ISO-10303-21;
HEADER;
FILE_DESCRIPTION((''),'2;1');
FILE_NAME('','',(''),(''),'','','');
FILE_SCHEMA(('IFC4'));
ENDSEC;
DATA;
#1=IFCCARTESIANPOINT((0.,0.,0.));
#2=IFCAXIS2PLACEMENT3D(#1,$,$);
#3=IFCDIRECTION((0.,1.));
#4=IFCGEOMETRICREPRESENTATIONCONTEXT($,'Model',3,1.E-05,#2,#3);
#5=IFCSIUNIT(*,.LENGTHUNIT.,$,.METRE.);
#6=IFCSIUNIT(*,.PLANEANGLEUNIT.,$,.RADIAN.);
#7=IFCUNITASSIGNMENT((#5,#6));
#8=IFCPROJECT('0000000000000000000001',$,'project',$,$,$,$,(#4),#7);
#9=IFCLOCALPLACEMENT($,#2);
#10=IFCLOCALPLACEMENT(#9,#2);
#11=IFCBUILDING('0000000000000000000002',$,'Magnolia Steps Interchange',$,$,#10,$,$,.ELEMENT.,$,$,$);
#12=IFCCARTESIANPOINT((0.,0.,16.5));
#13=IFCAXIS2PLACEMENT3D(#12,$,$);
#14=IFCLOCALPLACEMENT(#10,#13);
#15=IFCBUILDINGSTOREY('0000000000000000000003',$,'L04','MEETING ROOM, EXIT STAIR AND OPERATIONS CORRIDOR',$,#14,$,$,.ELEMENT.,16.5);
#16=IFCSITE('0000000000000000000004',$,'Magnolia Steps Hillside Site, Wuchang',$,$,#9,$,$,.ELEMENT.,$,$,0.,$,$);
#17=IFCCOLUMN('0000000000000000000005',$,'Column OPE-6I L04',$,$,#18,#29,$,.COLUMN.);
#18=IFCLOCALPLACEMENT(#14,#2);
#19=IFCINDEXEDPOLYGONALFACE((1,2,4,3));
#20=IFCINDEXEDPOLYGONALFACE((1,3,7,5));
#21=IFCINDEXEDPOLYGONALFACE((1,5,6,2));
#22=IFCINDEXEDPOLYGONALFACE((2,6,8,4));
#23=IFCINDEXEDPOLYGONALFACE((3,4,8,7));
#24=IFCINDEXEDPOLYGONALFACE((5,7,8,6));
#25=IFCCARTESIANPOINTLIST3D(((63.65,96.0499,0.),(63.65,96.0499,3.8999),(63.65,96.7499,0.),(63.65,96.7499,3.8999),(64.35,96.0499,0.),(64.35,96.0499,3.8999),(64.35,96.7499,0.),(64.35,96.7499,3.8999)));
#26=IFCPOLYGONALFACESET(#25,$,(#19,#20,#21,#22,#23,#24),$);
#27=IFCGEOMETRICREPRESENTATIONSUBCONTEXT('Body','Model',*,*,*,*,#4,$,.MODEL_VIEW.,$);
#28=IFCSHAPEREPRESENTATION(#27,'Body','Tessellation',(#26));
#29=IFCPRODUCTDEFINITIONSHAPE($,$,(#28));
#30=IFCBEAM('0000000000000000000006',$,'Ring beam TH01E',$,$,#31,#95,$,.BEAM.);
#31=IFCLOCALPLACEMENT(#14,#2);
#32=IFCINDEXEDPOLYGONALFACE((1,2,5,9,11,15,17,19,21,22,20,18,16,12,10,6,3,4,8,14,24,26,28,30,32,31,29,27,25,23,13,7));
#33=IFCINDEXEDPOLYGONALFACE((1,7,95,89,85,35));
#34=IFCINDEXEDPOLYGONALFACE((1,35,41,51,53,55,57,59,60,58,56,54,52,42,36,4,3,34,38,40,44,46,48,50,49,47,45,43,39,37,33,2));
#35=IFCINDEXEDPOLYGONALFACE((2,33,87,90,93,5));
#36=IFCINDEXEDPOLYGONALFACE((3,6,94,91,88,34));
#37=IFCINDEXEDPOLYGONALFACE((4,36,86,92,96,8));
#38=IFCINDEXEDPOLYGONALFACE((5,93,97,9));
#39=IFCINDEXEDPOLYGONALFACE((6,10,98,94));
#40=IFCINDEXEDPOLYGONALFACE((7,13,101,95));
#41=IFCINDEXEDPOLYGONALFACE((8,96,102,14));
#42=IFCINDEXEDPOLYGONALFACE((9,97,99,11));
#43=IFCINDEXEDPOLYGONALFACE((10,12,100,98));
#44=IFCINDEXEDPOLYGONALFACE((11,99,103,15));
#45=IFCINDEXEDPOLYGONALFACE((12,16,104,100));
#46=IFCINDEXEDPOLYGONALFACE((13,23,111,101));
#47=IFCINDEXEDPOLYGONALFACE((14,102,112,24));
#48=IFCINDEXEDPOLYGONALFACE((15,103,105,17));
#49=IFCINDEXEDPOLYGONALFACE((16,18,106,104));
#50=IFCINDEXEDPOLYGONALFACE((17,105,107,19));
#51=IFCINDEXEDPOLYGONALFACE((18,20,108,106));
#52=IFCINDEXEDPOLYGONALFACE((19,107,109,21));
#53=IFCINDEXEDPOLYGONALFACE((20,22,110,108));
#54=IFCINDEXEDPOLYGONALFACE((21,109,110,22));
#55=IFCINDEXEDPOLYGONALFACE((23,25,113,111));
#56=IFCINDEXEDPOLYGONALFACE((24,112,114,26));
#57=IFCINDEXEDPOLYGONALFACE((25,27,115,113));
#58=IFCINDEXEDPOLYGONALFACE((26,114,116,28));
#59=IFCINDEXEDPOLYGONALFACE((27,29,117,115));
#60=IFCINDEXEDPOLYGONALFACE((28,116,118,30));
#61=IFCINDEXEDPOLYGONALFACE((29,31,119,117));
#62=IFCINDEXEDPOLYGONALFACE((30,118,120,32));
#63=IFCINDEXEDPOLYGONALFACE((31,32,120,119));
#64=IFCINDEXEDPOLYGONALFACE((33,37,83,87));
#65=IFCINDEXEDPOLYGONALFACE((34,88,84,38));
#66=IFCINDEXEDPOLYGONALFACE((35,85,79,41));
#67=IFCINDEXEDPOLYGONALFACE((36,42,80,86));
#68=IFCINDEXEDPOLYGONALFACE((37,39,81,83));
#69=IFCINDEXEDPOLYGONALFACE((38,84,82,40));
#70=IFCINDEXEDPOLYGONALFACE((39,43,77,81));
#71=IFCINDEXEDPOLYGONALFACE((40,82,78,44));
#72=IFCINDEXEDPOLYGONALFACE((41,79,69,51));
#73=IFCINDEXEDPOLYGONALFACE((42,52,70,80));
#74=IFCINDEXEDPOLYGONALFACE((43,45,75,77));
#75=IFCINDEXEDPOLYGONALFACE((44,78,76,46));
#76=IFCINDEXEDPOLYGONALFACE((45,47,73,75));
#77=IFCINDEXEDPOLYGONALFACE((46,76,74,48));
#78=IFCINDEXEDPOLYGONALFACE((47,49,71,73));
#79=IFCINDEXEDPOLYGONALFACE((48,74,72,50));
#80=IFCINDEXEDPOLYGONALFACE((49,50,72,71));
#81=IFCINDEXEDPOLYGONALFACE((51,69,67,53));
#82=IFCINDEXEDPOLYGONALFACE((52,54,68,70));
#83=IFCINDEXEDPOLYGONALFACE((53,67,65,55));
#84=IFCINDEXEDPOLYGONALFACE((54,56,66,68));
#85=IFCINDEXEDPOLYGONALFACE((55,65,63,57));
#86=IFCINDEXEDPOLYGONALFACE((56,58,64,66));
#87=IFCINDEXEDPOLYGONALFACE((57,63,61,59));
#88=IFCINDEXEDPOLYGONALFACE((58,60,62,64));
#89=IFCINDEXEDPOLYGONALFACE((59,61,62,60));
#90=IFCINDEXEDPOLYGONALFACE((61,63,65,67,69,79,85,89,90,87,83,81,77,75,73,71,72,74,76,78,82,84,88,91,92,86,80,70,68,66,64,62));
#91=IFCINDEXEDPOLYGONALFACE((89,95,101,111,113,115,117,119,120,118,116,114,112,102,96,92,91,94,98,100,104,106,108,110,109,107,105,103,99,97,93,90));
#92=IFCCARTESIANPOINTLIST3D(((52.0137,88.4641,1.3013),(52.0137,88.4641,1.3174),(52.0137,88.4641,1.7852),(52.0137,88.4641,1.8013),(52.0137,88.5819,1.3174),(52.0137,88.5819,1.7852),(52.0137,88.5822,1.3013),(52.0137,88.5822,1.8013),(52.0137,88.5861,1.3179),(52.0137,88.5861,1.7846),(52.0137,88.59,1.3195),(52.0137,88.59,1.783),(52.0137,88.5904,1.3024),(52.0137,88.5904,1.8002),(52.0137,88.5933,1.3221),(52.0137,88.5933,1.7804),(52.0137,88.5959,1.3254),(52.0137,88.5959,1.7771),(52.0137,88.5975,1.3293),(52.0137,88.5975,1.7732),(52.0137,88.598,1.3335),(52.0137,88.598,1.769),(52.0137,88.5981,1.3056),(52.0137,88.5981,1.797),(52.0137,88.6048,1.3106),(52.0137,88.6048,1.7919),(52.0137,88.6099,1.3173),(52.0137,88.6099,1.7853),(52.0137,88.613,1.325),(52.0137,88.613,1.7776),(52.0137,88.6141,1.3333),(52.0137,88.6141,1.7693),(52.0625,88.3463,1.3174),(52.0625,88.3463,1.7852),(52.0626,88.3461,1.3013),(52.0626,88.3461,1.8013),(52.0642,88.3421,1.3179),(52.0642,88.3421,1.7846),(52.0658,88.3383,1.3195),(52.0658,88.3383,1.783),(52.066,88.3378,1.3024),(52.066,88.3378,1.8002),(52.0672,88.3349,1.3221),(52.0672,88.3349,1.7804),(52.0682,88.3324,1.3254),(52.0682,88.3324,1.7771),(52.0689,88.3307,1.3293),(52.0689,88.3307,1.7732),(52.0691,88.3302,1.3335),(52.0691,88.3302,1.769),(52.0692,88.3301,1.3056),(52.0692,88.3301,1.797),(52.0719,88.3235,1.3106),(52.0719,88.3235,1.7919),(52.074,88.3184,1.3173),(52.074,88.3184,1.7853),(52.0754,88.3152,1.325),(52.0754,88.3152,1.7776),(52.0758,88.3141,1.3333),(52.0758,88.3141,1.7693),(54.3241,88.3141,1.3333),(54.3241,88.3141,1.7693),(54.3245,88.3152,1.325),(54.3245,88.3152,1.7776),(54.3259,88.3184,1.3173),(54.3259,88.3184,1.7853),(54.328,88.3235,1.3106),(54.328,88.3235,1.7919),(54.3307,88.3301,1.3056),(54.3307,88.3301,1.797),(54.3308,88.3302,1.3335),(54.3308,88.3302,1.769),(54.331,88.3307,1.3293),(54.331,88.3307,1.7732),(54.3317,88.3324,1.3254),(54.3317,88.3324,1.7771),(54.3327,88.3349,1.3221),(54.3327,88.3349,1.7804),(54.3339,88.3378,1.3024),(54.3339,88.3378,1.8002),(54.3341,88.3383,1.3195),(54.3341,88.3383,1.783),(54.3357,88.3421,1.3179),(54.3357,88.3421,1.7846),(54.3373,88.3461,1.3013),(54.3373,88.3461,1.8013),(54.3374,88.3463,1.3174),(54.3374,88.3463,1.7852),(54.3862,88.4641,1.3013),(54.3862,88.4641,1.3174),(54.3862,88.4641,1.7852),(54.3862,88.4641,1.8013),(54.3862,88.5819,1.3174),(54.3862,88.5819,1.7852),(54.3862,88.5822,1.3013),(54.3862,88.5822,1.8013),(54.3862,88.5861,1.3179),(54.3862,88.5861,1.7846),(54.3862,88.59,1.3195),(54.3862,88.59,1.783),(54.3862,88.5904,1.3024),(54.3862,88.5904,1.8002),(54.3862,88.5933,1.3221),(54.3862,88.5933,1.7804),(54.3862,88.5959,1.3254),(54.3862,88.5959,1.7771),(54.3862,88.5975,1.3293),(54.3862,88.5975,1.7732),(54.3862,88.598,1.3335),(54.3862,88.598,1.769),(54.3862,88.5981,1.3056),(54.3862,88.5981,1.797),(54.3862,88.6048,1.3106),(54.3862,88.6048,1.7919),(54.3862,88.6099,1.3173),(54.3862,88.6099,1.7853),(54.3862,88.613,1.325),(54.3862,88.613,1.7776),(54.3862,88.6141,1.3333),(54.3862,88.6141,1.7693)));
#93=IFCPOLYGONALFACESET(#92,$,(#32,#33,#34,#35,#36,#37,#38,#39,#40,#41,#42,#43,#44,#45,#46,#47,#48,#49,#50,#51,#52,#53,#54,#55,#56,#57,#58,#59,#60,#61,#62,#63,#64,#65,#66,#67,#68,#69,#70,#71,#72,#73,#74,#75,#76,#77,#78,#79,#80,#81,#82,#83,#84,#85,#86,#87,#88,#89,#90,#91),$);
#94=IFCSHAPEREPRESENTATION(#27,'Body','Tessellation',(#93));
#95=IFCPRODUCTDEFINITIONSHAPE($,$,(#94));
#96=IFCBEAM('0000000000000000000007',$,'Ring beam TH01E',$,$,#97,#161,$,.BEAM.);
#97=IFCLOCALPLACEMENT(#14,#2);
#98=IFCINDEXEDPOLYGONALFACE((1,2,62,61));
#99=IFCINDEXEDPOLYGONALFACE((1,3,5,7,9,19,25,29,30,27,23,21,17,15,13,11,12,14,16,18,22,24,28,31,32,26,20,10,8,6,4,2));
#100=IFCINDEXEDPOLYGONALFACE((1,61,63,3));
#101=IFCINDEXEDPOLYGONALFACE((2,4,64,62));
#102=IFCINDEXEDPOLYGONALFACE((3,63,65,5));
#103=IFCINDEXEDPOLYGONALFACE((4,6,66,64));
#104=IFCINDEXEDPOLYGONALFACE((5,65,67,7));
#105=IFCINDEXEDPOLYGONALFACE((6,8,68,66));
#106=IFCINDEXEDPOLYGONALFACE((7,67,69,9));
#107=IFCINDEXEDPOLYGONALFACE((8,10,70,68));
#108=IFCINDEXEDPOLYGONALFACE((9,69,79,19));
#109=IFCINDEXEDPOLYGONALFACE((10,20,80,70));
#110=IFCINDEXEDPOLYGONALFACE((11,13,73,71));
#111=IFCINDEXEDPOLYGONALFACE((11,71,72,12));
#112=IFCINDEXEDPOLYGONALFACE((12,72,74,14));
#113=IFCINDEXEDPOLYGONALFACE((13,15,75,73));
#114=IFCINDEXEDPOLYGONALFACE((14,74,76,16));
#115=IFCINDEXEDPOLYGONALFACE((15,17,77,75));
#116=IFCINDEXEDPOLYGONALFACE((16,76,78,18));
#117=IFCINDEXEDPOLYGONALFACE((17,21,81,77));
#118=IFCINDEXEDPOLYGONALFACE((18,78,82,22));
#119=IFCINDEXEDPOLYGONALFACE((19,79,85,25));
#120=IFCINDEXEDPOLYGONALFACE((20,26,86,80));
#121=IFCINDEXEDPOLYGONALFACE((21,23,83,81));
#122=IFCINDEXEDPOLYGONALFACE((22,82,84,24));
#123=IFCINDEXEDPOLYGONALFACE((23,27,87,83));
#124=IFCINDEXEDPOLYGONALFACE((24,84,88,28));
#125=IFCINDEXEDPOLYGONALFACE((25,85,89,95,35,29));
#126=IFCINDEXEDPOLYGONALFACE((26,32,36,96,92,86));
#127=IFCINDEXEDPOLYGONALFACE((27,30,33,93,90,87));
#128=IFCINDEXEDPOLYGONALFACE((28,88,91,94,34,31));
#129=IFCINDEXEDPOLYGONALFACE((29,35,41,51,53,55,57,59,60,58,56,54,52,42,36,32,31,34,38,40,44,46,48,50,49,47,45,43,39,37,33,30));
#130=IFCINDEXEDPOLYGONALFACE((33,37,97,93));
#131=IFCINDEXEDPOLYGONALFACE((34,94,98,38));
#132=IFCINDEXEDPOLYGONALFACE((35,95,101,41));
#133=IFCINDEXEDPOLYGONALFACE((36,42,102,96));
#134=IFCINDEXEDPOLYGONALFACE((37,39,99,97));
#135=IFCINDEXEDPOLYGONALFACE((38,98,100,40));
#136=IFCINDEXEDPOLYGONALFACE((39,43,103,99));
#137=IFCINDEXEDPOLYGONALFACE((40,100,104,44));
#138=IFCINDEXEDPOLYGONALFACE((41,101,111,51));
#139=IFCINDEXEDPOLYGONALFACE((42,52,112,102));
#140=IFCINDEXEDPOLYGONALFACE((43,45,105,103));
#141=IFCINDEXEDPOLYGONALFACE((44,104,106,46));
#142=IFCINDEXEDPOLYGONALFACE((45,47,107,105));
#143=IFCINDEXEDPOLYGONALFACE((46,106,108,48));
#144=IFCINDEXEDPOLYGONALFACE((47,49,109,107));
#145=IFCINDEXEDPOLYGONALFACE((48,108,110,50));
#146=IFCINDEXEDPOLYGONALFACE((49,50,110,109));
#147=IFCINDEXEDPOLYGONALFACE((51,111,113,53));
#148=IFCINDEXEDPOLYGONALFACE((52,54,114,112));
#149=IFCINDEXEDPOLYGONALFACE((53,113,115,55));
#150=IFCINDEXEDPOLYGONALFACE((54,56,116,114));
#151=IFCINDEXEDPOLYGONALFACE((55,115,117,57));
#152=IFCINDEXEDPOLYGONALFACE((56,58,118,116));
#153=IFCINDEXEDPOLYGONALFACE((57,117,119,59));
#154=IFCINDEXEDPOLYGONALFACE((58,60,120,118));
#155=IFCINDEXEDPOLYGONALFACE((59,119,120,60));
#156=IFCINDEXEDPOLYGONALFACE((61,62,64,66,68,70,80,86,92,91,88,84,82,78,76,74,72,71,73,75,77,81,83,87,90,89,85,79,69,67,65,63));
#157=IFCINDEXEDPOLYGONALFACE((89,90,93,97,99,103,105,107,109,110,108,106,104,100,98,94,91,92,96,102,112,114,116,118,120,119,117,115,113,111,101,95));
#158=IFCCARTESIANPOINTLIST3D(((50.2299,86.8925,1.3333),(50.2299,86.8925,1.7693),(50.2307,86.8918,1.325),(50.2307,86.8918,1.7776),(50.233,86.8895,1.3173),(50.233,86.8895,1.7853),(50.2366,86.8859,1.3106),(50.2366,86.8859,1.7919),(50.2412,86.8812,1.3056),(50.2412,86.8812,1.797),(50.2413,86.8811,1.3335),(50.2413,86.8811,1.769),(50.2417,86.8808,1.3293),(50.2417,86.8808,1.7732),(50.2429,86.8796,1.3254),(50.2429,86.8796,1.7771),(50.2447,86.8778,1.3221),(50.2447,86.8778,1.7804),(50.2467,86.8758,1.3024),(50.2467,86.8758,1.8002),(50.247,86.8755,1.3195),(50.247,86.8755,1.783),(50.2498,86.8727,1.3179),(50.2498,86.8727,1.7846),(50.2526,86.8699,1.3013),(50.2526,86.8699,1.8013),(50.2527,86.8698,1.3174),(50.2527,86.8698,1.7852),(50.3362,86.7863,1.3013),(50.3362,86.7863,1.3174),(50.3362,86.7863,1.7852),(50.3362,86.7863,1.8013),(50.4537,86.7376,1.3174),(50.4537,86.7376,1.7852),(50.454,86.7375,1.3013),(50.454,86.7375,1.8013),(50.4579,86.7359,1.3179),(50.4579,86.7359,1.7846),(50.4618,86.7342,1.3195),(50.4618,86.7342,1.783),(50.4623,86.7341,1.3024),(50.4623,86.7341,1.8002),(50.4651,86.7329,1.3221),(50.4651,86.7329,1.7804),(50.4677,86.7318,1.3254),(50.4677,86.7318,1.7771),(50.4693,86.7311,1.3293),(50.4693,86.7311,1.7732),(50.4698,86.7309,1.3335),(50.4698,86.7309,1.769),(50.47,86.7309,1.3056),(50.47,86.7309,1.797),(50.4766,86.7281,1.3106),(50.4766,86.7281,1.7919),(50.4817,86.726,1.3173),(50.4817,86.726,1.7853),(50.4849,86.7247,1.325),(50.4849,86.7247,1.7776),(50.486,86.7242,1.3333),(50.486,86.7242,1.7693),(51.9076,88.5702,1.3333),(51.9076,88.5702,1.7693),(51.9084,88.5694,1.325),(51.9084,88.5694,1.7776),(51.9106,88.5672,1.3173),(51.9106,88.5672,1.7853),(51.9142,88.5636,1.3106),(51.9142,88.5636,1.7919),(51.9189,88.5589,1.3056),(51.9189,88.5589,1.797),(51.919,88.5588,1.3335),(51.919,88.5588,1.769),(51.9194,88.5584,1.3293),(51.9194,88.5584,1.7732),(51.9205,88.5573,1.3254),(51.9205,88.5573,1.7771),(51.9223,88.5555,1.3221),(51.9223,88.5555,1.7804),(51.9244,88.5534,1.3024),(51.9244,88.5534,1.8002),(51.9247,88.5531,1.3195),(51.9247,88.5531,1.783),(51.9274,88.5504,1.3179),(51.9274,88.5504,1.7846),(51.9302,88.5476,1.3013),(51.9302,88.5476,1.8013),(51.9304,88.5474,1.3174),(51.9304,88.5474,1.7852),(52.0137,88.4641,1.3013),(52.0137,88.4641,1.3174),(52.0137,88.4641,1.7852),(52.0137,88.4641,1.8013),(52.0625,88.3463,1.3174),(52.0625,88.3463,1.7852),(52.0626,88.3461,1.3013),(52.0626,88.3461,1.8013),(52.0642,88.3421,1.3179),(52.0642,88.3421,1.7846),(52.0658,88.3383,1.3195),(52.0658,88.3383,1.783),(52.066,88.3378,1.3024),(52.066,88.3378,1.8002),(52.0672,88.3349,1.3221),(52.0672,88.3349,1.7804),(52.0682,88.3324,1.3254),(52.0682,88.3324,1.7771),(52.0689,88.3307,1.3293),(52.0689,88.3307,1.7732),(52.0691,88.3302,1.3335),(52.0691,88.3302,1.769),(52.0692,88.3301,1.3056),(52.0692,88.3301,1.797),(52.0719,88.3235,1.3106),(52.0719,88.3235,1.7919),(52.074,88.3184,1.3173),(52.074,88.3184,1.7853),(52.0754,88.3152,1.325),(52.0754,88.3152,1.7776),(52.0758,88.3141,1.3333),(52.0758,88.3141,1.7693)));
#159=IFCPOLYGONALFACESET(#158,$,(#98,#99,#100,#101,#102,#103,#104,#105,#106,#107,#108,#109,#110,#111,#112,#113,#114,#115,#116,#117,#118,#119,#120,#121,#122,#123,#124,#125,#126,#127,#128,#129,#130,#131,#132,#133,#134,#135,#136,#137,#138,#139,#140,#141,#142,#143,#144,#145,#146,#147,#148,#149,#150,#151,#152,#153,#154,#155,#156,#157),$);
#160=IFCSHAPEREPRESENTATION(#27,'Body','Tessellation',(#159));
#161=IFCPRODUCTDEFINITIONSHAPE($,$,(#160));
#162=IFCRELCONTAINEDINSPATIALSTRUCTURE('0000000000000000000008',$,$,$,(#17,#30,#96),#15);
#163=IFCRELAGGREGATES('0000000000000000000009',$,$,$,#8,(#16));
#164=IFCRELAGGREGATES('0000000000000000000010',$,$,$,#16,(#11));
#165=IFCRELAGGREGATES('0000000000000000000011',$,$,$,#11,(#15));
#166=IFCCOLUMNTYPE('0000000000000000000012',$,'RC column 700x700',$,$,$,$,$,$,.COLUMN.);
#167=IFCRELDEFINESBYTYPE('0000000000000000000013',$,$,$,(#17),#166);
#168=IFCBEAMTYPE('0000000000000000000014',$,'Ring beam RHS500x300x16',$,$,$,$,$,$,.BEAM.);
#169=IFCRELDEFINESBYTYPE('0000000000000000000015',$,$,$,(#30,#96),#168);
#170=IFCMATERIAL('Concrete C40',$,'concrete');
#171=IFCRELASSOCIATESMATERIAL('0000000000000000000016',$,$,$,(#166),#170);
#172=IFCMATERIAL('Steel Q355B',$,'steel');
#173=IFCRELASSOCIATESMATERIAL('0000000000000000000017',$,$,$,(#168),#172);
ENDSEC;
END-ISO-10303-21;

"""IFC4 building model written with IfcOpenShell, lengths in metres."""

from ifc_helpers import new_model, si_unit, direction, frame, origin, origin_2d, place, context, subcontext, project, spatial, rectangle, hollow_rectangle, extrude, clip, halfspace, material, material_profile, profile_set, type_object, element, save


model = new_model("IFC4")

# Units and contexts
model_context = context("Model", 3, precision=1e-05, world=origin(), true_north=direction((0.0, 1.0)))
body_context = subcontext(model_context, "Body", "Model", "MODEL_VIEW")
ifc_project = project(units=[si_unit("LENGTHUNIT", "METRE"), si_unit("PLANEANGLEUNIT", "RADIAN")], contexts=[model_context])

# Site, building, storey
site_placement = place(None, origin())
site = spatial("IfcSite", under=ifc_project, at=site_placement, Name="Magnolia Steps Hillside Site, Wuchang", CompositionType="ELEMENT", RefElevation=0.0)
building_placement = place(site_placement, origin())
building = spatial("IfcBuilding", under=site, at=building_placement, Name="Magnolia Steps Interchange", CompositionType="ELEMENT")
storey_placement = place(building_placement, frame((0.0, 0.0, 16.5)))
storey = spatial("IfcBuildingStorey", under=building, at=storey_placement, Name="L04", Description="MEETING ROOM, EXIT STAIR AND OPERATIONS CORRIDOR", CompositionType="ELEMENT", Elevation=16.5)

# Column
ifc_material_1 = material(Name="Concrete C40", Category="concrete")
ifc_material_profile_1 = material_profile(ifc_material_1, rectangle(XDim=0.7, YDim=0.7, at=origin_2d()), Name="RC700x700")
ifc_profile_set_1 = profile_set([ifc_material_profile_1], Name="Concrete C40")
column_type = type_object("IfcColumnType", Name="RC column 700x700", PredefinedType="COLUMN", material=ifc_profile_set_1)
column_placement = place(storey_placement, frame((64.0, 96.3999, 0.0), z_axis=(0.0, 0.0, 1.0), x_axis=(1.0, 0.0, 0.0)))
element("IfcColumn", 1, at=column_placement, inside=storey, type_object=column_type, Name="Column OPE-6I L04", PredefinedType="COLUMN", context=body_context, shape_type="SweptSolid", body=[
    extrude(rectangle(XDim=0.7, YDim=0.7, at=origin_2d()), origin(), (0.0, 0.0, 1.0), 3.8999),
])

# Beams
ifc_material_2 = material(Name="Steel Q355B", Category="steel")
ifc_material_profile_2 = material_profile(ifc_material_2, hollow_rectangle(XDim=0.3, YDim=0.5, WallThickness=0.0161, InnerFilletRadius=0.0161, OuterFilletRadius=0.032, at=origin_2d()), Name="RHS500x300x16")
ifc_profile_set_2 = profile_set([ifc_material_profile_2], Name="Steel Q355B")
beam_type = type_object("IfcBeamType", Name="Ring beam RHS500x300x16", PredefinedType="BEAM", material=ifc_profile_set_2)
beam_1_placement = place(storey_placement, frame((54.3862, 88.4641, 1.5513), z_axis=(-1.0, 0.0, 0.0), x_axis=(0.0, -1.0, 0.0)))
element("IfcBeam", 2, at=beam_1_placement, inside=storey, type_object=beam_type, Name="Ring beam TH01E", PredefinedType="BEAM", context=body_context, shape_type="Clipping", body=[
    clip(clip(extrude(hollow_rectangle(XDim=0.3, YDim=0.5, WallThickness=0.0161, InnerFilletRadius=0.0161, OuterFilletRadius=0.032, at=origin_2d()), origin(), (0.0, 0.0, 1.0), 2.3726), halfspace(frame((0.0, 0.0, 0.0), z_axis=(0.382683, 0.0, -0.92388), x_axis=(0.92388, 0.0, 0.382683)), False)), halfspace(frame((0.0, 0.0, 2.3726), z_axis=(0.382683, 0.0, 0.92388), x_axis=(0.92388, 0.0, -0.382683)), False)),
])
beam_2_placement = place(storey_placement, frame((52.0137, 88.4641, 1.5513), z_axis=(-0.707107, -0.707107, 0.0), x_axis=(0.707107, -0.707107, 0.0)))
element("IfcBeam", 3, at=beam_2_placement, inside=storey, type_object=beam_type, Name="Ring beam TH01E", PredefinedType="BEAM", context=body_context, shape_type="Clipping", body=[
    clip(clip(extrude(hollow_rectangle(XDim=0.3, YDim=0.5, WallThickness=0.0161, InnerFilletRadius=0.0161, OuterFilletRadius=0.032, at=origin_2d()), origin(), (0.0, 0.0, 1.0), 2.3726), halfspace(frame((0.0, 0.0, 0.0), z_axis=(0.382683, 0.0, -0.92388), x_axis=(0.92388, 0.0, 0.382683)), False)), halfspace(frame((0.0, 0.0, 2.3727), z_axis=(0.382683, 0.0, 0.92388), x_axis=(0.92388, 0.0, -0.382683)), False)),
])

save(model, "model.ifc")
